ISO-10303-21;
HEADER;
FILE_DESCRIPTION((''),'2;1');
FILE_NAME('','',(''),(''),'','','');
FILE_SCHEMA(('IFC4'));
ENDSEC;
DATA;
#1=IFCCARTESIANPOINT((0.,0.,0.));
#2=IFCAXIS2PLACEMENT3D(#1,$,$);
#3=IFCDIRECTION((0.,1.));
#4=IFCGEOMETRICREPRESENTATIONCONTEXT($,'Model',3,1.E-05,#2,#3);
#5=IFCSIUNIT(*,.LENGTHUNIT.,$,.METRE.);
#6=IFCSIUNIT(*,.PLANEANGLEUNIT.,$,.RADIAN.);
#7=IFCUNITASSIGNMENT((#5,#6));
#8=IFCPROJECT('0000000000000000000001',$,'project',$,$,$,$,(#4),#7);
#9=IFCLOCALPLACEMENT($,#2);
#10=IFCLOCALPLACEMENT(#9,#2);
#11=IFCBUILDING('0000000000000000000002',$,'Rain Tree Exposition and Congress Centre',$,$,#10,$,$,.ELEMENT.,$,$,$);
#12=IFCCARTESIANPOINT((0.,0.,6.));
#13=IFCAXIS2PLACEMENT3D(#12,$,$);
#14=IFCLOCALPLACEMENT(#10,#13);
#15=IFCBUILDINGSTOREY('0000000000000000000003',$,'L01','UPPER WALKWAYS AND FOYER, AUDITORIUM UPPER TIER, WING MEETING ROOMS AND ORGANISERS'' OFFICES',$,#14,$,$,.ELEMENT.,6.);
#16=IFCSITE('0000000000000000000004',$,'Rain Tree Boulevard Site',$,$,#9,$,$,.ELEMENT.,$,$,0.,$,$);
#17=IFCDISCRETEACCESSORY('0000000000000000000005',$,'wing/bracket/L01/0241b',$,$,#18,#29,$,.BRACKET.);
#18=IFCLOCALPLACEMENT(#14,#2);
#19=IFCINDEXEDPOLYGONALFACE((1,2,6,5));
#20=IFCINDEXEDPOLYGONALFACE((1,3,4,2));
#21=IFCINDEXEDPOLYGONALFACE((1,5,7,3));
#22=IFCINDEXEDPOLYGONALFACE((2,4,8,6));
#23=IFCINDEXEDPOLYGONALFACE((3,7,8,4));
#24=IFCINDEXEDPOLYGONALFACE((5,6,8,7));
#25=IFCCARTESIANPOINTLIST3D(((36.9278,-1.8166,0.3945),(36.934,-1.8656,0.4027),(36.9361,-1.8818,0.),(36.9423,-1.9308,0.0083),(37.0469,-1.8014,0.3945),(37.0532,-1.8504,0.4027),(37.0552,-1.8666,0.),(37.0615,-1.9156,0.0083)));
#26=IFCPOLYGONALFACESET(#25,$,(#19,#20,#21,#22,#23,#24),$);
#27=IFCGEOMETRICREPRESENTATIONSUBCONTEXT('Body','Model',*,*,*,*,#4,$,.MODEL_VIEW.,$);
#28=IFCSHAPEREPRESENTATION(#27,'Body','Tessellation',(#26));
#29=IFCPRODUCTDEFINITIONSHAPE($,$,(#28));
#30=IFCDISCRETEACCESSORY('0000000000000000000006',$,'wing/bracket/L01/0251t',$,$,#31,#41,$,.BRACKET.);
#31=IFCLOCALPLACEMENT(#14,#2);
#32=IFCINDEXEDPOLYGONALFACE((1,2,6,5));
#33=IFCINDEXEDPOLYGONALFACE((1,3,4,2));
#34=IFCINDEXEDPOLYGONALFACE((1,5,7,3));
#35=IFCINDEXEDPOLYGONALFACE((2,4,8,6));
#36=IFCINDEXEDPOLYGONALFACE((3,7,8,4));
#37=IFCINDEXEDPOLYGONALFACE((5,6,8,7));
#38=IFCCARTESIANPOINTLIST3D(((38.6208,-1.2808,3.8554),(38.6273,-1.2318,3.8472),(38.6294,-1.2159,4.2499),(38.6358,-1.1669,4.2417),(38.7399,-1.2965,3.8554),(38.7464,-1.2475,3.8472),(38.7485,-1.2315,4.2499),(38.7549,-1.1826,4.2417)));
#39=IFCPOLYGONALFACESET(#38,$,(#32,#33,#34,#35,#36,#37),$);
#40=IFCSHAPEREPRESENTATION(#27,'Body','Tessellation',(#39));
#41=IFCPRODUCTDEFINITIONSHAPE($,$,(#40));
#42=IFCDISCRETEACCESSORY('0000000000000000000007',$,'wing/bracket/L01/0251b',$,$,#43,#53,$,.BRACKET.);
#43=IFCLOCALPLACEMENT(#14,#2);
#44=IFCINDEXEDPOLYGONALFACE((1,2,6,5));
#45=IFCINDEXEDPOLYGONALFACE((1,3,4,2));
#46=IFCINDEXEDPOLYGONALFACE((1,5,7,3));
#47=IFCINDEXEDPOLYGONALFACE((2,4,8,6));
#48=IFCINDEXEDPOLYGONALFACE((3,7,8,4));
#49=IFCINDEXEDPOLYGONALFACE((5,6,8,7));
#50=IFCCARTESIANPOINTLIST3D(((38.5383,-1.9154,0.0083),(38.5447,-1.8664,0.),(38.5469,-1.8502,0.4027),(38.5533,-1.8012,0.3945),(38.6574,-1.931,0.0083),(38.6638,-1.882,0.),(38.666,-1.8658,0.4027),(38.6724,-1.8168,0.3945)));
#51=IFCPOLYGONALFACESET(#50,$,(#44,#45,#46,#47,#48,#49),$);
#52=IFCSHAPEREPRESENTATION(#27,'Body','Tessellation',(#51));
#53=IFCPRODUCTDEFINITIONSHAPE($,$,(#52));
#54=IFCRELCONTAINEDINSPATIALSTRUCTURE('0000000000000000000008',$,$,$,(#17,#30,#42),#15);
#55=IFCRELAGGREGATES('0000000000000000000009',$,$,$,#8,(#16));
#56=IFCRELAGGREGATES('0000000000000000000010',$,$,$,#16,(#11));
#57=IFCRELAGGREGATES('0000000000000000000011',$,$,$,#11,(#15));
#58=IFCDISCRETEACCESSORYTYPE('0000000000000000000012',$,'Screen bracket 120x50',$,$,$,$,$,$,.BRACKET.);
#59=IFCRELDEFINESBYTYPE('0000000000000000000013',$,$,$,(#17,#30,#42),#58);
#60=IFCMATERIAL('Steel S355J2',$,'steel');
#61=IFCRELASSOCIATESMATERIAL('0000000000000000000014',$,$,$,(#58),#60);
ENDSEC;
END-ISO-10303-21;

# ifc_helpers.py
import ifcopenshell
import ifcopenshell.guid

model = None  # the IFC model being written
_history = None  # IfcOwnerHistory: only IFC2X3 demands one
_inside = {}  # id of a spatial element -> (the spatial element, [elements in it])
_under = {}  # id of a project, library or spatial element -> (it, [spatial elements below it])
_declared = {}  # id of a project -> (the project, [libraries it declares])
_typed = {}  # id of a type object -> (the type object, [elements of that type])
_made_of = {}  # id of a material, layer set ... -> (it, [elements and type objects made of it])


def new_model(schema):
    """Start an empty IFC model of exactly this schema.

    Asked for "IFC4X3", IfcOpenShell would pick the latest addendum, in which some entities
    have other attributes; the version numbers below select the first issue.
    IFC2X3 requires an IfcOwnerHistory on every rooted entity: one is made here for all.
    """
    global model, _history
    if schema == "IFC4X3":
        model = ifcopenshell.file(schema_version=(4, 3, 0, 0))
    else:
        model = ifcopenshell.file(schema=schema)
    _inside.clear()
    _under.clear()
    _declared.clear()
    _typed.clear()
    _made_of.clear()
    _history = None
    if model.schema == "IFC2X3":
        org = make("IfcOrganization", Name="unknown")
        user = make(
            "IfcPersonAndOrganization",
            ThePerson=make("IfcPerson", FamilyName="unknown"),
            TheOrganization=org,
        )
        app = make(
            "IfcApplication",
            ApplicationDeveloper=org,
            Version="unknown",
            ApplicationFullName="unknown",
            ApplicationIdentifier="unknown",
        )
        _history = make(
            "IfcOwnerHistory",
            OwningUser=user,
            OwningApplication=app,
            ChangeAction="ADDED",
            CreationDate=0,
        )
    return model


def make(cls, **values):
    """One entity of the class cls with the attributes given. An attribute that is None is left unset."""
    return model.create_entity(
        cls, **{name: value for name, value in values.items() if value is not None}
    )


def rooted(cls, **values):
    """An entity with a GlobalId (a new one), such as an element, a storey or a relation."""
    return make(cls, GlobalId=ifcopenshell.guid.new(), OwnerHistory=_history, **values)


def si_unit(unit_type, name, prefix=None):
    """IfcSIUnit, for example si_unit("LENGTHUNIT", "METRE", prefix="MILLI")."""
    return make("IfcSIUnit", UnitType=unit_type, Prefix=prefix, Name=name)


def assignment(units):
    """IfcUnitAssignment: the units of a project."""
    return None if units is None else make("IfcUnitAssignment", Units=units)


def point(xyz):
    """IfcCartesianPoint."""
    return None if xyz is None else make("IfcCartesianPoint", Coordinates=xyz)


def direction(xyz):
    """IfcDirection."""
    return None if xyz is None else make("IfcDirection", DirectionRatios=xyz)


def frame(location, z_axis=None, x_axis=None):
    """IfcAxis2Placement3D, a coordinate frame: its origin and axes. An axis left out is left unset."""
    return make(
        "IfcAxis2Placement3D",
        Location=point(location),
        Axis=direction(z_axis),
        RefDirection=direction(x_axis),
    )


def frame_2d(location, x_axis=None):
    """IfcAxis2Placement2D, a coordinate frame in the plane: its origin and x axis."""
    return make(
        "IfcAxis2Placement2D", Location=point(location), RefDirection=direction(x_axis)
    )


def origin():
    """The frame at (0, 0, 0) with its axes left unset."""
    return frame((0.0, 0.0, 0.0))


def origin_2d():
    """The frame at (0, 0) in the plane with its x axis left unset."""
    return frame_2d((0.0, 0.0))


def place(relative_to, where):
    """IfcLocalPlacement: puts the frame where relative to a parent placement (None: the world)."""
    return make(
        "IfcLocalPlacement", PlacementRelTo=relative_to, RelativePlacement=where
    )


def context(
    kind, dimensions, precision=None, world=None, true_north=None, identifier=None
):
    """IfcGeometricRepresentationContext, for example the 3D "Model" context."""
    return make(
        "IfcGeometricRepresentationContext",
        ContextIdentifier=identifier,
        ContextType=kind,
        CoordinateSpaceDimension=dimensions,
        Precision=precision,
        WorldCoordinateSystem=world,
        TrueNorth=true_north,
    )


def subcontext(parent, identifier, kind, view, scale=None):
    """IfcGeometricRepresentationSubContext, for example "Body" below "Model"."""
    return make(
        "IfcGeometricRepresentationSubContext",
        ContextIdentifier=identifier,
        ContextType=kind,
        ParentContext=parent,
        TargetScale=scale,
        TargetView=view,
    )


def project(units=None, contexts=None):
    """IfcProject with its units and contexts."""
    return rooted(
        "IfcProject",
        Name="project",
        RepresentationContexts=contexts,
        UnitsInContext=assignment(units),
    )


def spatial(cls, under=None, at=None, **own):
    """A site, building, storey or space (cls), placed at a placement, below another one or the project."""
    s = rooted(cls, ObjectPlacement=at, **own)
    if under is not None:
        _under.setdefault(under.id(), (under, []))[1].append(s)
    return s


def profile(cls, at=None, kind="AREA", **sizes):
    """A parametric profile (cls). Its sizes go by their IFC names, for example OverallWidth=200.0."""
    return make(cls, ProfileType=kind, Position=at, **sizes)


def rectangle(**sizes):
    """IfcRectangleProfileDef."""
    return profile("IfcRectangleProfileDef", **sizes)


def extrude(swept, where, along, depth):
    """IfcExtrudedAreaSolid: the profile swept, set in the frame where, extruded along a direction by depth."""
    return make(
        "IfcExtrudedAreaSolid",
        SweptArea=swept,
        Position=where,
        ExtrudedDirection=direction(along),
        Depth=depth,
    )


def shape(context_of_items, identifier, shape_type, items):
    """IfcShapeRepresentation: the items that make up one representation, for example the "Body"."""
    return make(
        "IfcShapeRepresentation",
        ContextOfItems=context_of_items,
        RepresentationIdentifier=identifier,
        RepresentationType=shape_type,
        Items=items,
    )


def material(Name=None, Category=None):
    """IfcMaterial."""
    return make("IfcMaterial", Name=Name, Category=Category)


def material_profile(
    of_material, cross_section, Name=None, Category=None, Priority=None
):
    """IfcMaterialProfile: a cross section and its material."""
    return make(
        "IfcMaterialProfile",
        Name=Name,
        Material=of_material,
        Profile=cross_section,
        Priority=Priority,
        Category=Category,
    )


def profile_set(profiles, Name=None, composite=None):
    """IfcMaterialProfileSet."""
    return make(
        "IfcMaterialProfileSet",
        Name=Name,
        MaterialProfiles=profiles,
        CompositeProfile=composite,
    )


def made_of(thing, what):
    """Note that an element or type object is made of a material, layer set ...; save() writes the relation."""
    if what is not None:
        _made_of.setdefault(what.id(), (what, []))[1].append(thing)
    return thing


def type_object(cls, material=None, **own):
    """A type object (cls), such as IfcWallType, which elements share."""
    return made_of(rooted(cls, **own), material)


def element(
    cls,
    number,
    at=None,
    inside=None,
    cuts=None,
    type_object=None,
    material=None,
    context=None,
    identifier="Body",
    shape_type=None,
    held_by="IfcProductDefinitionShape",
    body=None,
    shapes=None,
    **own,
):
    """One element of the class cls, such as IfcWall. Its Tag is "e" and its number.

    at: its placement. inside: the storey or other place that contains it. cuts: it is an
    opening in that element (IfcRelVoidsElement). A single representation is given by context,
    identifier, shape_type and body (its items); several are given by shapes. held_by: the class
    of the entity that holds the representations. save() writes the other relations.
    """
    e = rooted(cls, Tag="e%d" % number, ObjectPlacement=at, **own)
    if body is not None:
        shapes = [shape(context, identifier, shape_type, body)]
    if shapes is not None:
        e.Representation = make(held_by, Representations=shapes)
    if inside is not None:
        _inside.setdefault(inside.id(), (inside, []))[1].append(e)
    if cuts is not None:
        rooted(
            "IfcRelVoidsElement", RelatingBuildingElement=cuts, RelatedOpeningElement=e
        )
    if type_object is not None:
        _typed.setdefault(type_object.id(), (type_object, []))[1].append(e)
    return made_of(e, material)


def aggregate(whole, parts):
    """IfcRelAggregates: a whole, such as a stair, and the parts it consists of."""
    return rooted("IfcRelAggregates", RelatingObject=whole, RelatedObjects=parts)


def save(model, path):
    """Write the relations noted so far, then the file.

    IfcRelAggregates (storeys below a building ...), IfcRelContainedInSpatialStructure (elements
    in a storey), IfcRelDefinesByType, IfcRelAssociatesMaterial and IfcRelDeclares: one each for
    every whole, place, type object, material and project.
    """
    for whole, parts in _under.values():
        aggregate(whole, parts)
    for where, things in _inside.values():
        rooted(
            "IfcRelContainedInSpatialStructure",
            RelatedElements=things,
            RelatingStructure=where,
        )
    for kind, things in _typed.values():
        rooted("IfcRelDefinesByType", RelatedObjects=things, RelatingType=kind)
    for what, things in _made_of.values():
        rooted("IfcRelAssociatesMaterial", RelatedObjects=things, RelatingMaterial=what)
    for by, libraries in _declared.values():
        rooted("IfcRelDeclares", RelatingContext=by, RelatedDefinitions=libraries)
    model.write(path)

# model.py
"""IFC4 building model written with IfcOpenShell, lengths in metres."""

from ifc_helpers import new_model, si_unit, direction, frame, origin, origin_2d, place, context, subcontext, project, spatial, rectangle, extrude, material, material_profile, profile_set, type_object, element, save


model = new_model("IFC4")

# Units and contexts
model_context = context("Model", 3, precision=1e-05, world=origin(), true_north=direction((0.0, 1.0)))
body_context = subcontext(model_context, "Body", "Model", "MODEL_VIEW")
ifc_project = project(units=[si_unit("LENGTHUNIT", "METRE"), si_unit("PLANEANGLEUNIT", "RADIAN")], contexts=[model_context])

# Site, building, storey
site_placement = place(None, origin())
site = spatial("IfcSite", under=ifc_project, at=site_placement, Name="Rain Tree Boulevard Site", CompositionType="ELEMENT", RefElevation=0.0)
building_placement = place(site_placement, origin())
building = spatial("IfcBuilding", under=site, at=building_placement, Name="Rain Tree Exposition and Congress Centre", CompositionType="ELEMENT")
storey_placement = place(building_placement, frame((0.0, 0.0, 6.0)))
storey = spatial("IfcBuildingStorey", under=building, at=storey_placement, Name="L01", Description="UPPER WALKWAYS AND FOYER, AUDITORIUM UPPER TIER, WING MEETING ROOMS AND ORGANISERS' OFFICES", CompositionType="ELEMENT", Elevation=6.0)

# Discrete accessories
ifc_material_1 = material(Name="Steel S355J2", Category="steel")
ifc_material_profile_1 = material_profile(ifc_material_1, rectangle(XDim=0.1201, YDim=0.05, at=origin_2d()), Name="Flat bar 120x50")
ifc_profile_set_1 = profile_set([ifc_material_profile_1], Name="Steel S355J2")
discrete_accessory_type = type_object("IfcDiscreteAccessoryType", Name="Screen bracket 120x50", PredefinedType="BRACKET", material=ifc_profile_set_1)
for number, where, z_axis, x_axis, name in (
    (1, (36.9988, -1.8987, 0.0042), (-0.020754, 0.162978, 0.986411), (-0.991989, -0.126321, 0.0), "wing/bracket/L01/0241b"),
    (2, (38.6836, -1.2642, 3.8513), (0.021366, 0.162381, 0.986497), (-0.991454, 0.130455, 0.0), "wing/bracket/L01/0251t"),
    (3, (38.6011, -1.8987, 0.0042), (0.021364, 0.162976, 0.986399), (-0.991517, 0.129974, 0.0), "wing/bracket/L01/0251b"),
):
    element("IfcDiscreteAccessory", number, at=place(storey_placement, frame(where, z_axis=z_axis, x_axis=x_axis)), inside=storey, type_object=discrete_accessory_type, Name=name, PredefinedType="BRACKET", context=body_context, shape_type="SweptSolid", body=[
        extrude(rectangle(XDim=0.1201, YDim=0.05, at=origin_2d()), origin(), (0.0, 0.0, 1.0), 0.3999),
    ])

save(model, "model.ifc")
